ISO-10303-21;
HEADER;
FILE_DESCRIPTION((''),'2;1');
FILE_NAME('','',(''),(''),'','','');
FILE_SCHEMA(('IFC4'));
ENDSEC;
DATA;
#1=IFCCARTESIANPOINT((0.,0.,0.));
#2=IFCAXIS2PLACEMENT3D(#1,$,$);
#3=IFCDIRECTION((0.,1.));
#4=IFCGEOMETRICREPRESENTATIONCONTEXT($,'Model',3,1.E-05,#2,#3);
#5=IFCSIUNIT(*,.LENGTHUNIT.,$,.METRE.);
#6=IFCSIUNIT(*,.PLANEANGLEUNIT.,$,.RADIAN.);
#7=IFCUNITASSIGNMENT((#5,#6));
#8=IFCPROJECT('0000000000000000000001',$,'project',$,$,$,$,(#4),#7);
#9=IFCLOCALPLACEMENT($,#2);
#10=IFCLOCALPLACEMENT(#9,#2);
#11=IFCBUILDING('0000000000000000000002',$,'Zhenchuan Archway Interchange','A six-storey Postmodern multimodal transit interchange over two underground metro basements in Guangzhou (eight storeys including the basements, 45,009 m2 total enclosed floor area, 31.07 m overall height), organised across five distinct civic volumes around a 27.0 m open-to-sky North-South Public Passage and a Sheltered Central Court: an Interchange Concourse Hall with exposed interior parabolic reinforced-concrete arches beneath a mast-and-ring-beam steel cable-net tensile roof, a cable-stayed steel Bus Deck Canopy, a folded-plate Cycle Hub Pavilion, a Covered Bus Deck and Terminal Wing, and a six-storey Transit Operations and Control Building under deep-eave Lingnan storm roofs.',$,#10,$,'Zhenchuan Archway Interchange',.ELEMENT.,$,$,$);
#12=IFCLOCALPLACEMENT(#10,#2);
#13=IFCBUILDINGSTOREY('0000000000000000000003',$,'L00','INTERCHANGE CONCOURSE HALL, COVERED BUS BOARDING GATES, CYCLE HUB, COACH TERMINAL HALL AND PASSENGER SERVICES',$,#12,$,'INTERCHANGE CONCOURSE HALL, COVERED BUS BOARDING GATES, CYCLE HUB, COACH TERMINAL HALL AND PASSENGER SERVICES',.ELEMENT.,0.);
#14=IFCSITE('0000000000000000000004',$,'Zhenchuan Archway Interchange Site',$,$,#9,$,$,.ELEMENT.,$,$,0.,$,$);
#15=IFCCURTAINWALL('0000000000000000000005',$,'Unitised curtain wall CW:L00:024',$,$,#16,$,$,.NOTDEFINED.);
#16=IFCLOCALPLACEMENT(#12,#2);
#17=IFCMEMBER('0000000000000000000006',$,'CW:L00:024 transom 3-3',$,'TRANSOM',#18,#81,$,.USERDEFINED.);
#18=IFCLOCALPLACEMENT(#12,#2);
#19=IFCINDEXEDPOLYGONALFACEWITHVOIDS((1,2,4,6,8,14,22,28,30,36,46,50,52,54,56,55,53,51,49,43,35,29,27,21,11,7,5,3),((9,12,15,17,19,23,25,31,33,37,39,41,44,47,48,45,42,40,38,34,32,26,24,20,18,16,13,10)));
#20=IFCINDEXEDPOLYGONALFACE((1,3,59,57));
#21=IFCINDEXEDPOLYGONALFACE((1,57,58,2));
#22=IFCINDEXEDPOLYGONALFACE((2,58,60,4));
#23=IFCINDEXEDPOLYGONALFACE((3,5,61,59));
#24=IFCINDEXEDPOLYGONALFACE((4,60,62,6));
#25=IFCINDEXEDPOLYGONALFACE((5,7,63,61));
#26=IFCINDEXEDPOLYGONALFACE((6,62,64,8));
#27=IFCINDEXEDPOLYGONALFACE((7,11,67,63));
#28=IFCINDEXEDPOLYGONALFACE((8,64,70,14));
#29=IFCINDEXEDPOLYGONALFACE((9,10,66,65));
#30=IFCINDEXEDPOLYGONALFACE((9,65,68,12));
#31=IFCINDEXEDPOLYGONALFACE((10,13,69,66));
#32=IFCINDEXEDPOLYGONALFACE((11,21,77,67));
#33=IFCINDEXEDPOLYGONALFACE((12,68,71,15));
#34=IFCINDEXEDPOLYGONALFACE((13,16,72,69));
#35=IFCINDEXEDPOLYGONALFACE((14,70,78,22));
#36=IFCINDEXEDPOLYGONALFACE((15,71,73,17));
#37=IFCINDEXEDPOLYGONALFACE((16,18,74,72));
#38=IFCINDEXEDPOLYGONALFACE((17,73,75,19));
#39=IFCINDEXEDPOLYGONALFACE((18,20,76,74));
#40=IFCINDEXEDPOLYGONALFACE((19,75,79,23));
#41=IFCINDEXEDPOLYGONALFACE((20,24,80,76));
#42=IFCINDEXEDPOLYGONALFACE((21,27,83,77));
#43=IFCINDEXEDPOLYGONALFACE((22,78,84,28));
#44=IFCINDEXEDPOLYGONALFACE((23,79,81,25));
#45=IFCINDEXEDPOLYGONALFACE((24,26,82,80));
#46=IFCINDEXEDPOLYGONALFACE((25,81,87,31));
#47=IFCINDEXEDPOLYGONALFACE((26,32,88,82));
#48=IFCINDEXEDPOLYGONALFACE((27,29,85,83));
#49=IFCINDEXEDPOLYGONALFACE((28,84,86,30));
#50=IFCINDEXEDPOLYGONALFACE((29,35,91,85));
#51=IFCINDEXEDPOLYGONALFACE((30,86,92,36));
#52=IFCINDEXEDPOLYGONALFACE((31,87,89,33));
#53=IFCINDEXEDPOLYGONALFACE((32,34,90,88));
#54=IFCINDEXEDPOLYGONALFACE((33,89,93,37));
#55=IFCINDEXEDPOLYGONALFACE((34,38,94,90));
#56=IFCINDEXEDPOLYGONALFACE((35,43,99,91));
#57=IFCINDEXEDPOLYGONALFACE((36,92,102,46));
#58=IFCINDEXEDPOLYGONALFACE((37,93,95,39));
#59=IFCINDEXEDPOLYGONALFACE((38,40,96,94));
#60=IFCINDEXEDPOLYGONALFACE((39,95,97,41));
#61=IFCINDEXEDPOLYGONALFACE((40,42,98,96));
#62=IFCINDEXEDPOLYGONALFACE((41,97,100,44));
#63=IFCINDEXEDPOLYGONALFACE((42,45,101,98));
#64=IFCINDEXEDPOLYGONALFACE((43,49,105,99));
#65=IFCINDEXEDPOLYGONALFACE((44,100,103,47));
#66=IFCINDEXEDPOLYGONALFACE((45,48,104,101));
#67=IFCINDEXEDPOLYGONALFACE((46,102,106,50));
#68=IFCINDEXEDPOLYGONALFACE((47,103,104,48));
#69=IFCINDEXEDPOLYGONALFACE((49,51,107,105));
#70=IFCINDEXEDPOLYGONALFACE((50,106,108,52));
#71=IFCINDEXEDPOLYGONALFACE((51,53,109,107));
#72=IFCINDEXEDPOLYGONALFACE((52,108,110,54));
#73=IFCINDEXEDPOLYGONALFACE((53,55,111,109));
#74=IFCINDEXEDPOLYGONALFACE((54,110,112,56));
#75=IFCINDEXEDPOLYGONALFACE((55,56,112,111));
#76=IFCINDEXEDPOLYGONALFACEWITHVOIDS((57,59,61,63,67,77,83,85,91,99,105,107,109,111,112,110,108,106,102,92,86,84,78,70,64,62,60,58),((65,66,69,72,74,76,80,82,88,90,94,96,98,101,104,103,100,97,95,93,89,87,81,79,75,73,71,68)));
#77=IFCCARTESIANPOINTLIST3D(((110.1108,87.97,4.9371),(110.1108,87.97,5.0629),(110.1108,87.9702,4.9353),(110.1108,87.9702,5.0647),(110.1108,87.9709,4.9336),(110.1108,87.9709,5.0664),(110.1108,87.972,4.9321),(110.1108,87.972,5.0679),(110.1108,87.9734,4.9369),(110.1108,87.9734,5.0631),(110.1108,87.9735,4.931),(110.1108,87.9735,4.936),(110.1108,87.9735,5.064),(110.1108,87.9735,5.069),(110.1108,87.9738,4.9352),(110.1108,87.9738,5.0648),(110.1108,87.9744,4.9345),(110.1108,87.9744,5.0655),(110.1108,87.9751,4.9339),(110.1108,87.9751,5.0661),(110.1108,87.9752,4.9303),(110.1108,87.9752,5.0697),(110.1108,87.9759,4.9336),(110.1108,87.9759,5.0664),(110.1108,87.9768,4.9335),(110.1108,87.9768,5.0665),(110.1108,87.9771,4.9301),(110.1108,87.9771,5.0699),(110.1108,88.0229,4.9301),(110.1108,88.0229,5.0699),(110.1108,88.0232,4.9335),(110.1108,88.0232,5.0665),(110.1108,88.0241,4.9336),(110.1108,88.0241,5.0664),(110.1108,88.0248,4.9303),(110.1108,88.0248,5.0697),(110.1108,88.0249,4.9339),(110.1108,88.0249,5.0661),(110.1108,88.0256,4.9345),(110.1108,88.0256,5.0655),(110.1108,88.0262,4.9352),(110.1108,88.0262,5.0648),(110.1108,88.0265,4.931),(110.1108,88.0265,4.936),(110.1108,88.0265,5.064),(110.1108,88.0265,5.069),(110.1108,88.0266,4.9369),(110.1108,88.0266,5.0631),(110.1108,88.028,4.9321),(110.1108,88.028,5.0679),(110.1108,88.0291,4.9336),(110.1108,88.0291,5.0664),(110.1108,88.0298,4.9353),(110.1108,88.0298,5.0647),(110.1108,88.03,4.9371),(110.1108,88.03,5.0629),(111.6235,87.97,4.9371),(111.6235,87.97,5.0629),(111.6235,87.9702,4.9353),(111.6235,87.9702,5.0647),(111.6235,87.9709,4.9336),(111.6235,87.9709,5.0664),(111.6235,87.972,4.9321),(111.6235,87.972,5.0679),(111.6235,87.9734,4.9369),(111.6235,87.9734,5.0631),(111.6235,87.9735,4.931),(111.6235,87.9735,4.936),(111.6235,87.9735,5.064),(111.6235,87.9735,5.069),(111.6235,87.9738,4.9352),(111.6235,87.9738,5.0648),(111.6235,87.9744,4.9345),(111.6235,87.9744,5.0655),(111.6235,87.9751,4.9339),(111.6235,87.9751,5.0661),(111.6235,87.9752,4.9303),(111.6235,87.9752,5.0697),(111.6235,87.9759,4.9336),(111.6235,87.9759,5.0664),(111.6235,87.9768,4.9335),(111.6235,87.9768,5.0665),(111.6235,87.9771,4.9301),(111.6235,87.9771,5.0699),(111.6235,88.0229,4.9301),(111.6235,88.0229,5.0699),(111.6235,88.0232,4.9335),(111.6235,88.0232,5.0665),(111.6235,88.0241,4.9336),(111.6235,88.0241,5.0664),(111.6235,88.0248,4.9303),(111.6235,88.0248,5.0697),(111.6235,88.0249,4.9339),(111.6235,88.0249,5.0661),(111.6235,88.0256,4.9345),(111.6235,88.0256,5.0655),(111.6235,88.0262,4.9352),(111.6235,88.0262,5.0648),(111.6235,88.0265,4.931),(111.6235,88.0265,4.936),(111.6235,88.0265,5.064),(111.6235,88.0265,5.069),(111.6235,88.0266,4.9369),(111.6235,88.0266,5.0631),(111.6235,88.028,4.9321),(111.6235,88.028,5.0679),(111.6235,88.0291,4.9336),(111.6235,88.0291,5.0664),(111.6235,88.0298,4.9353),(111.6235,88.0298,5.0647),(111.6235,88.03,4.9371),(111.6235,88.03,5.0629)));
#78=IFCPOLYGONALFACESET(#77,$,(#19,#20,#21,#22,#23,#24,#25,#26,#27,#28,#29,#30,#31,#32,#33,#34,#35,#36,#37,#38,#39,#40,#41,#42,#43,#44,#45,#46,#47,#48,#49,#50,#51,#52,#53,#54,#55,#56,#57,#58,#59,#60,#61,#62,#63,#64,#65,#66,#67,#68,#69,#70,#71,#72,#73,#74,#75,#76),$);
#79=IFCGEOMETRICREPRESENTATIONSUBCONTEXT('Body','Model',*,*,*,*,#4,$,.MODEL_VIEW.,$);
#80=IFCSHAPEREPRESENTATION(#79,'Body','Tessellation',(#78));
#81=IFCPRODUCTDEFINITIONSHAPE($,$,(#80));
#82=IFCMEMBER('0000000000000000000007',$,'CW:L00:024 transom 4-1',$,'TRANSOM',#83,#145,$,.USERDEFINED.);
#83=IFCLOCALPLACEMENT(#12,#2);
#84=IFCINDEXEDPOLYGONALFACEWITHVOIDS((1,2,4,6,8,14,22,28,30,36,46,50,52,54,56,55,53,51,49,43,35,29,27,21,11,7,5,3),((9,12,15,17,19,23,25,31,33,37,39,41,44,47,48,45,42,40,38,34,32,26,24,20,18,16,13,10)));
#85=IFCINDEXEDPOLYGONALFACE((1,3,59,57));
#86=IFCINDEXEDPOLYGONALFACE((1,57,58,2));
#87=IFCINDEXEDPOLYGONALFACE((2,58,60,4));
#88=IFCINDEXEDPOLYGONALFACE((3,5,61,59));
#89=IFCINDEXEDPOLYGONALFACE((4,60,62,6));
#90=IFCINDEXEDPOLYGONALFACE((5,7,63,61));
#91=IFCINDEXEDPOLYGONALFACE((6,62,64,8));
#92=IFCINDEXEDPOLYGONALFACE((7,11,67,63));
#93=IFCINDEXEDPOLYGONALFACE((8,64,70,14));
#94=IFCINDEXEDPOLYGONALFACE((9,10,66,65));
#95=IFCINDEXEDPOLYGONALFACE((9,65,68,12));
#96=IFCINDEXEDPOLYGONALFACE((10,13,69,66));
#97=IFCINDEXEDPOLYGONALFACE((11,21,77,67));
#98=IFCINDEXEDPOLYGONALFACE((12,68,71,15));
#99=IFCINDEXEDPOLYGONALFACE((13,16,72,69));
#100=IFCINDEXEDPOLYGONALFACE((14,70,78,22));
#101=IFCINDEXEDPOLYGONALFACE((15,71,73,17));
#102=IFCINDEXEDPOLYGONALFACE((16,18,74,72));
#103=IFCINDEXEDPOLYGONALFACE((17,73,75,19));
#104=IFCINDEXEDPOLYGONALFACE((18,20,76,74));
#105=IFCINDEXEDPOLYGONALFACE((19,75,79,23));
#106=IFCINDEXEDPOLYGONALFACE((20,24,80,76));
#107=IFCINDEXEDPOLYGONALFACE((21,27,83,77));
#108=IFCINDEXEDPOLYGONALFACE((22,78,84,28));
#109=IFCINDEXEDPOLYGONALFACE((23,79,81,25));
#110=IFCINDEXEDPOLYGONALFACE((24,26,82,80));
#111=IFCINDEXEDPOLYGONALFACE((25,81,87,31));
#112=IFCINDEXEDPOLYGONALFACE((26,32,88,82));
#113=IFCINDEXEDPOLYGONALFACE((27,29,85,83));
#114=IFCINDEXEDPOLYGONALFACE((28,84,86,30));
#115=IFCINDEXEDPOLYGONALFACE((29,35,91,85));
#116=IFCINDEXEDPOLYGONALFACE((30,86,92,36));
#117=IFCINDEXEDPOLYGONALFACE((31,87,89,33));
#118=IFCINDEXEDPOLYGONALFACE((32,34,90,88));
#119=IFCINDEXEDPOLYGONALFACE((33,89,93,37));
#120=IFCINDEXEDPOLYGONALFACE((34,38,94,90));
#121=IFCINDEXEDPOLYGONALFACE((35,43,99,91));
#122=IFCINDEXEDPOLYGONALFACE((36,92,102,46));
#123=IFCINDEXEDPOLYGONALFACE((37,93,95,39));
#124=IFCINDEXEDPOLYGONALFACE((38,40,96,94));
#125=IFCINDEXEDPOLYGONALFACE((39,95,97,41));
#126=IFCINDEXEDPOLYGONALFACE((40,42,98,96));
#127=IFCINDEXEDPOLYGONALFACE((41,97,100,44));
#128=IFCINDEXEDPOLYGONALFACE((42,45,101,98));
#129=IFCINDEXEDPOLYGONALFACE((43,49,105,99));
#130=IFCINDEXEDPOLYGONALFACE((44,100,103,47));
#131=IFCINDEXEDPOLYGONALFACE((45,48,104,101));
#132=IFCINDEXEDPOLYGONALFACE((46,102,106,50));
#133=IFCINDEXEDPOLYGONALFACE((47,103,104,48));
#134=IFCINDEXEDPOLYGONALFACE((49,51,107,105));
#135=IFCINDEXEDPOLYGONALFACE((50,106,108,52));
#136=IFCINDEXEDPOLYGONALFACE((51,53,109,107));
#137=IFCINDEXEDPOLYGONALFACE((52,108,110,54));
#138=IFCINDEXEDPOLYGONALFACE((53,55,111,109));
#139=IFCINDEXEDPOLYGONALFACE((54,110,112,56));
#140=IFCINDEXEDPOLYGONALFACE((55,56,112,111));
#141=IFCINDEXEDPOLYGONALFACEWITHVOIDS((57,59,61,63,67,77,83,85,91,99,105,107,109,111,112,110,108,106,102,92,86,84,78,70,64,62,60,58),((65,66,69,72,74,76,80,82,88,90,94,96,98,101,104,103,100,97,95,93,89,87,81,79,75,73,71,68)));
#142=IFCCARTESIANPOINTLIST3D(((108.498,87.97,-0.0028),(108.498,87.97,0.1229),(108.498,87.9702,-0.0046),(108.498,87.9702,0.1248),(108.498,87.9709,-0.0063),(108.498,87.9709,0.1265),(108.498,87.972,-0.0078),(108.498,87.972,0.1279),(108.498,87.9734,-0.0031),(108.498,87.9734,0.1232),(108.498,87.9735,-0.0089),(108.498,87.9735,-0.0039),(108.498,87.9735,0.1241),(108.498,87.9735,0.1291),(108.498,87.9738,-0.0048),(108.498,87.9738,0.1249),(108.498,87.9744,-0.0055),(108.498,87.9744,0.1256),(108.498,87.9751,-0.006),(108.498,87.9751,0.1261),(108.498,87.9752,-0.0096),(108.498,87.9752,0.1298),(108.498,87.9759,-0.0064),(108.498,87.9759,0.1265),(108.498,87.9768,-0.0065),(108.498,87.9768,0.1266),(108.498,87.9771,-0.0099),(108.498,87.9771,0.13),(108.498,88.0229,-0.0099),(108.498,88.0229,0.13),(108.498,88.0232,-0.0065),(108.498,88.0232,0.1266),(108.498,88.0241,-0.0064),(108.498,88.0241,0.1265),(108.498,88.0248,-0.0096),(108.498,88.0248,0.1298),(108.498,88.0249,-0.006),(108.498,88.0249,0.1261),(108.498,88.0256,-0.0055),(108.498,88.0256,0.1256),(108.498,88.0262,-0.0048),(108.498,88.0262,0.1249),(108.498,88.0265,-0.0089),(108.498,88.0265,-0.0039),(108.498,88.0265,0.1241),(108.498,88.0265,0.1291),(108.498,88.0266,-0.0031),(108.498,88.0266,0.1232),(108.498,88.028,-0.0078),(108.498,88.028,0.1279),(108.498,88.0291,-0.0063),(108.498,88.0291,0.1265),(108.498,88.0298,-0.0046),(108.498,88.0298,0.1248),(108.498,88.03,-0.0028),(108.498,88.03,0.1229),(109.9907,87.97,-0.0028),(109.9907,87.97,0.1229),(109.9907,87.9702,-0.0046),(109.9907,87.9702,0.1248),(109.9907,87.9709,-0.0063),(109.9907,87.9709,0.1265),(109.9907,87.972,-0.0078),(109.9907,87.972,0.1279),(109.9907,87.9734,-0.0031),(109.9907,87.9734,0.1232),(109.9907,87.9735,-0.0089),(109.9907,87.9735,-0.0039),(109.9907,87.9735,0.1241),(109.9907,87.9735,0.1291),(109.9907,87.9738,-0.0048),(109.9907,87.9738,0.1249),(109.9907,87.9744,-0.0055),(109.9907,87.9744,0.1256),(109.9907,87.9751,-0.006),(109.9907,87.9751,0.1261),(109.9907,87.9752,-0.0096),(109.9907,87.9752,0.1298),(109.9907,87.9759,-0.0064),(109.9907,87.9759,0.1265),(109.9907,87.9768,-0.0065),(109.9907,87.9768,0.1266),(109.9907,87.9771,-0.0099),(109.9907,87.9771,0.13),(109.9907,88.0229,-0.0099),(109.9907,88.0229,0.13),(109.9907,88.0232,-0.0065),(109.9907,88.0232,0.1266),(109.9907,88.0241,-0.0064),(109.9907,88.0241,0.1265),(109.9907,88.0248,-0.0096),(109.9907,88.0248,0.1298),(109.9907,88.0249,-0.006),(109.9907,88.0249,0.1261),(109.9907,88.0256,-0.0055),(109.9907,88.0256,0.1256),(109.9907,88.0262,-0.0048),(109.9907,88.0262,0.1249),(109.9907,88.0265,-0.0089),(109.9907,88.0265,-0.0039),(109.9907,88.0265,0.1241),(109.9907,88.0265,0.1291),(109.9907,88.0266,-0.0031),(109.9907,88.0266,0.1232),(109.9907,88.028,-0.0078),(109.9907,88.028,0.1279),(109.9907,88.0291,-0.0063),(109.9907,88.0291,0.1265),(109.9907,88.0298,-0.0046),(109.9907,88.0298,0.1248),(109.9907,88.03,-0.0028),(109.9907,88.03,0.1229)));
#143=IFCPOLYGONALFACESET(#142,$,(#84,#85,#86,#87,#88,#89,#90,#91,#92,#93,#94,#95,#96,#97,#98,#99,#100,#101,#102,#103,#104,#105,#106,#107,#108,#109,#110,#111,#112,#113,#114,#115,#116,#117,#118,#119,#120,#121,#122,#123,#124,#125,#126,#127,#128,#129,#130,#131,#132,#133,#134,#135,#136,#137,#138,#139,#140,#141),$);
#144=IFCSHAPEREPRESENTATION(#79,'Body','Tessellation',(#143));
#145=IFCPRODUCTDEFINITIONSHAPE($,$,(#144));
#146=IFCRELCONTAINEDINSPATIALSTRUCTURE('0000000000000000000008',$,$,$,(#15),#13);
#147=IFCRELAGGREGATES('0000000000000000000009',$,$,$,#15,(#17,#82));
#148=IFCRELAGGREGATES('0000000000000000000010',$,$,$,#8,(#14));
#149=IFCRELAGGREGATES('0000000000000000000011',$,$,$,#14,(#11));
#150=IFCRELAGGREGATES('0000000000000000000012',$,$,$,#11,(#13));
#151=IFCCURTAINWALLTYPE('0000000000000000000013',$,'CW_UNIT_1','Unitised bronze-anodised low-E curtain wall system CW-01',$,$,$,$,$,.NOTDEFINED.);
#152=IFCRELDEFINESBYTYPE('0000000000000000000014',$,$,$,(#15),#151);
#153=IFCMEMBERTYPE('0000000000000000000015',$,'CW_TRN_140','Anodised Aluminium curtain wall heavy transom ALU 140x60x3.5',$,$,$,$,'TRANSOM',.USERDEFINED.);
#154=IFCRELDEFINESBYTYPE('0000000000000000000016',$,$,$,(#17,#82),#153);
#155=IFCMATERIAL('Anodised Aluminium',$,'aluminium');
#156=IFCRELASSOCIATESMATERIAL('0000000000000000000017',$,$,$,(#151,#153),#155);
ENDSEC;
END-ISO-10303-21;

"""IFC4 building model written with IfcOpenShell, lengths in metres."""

from ifc_helpers import new_model, si_unit, direction, frame, origin, origin_2d, place, context, subcontext, project, spatial, hollow_rectangle, extrude, material, material_profile, profile_set, type_object, element, aggregate, save


model = new_model("IFC4")

# Units and contexts
model_context = context("Model", 3, precision=1e-05, world=origin(), true_north=direction((0.0, 1.0)))
body_context = subcontext(model_context, "Body", "Model", "MODEL_VIEW")
ifc_project = project(units=[si_unit("LENGTHUNIT", "METRE"), si_unit("PLANEANGLEUNIT", "RADIAN")], contexts=[model_context])

# Site, building, storey
site_placement = place(None, origin())
site = spatial("IfcSite", under=ifc_project, at=site_placement, Name="Zhenchuan Archway Interchange Site", CompositionType="ELEMENT", RefElevation=0.0)
building_placement = place(site_placement, origin())
building = spatial("IfcBuilding", under=site, at=building_placement, Name="Zhenchuan Archway Interchange", Description="A six-storey Postmodern multimodal transit interchange over two underground metro basements in Guangzhou (eight storeys including the basements, 45,009 m2 total enclosed floor area, 31.07 m overall height), organised across five distinct civic volumes around a 27.0 m open-to-sky North-South Public Passage and a Sheltered Central Court: an Interchange Concourse Hall with exposed interior parabolic reinforced-concrete arches beneath a mast-and-ring-beam steel cable-net tensile roof, a cable-stayed steel Bus Deck Canopy, a folded-plate Cycle Hub Pavilion, a Covered Bus Deck and Terminal Wing, and a six-storey Transit Operations and Control Building under deep-eave Lingnan storm roofs.", LongName="Zhenchuan Archway Interchange", CompositionType="ELEMENT")
storey_placement = place(building_placement, origin())
storey = spatial("IfcBuildingStorey", under=building, at=storey_placement, Name="L00", Description="INTERCHANGE CONCOURSE HALL, COVERED BUS BOARDING GATES, CYCLE HUB, COACH TERMINAL HALL AND PASSENGER SERVICES", LongName="INTERCHANGE CONCOURSE HALL, COVERED BUS BOARDING GATES, CYCLE HUB, COACH TERMINAL HALL AND PASSENGER SERVICES", CompositionType="ELEMENT", Elevation=0.0)

# Curtain wall, members
ifc_material_1 = material(Name="Anodised Aluminium", Category="aluminium")
curtain_wall_type = type_object("IfcCurtainWallType", Name="CW_UNIT_1", Description="Unitised bronze-anodised low-E curtain wall system CW-01", PredefinedType="NOTDEFINED", material=ifc_material_1)
curtain_wall_placement = place(storey_placement, origin())
curtain_wall = element("IfcCurtainWall", 1, at=curtain_wall_placement, inside=storey, type_object=curtain_wall_type, Name="Unitised curtain wall CW:L00:024", PredefinedType="NOTDEFINED")
ifc_material_profile_1 = material_profile(ifc_material_1, hollow_rectangle(XDim=0.0601, YDim=0.1399, WallThickness=0.0034, InnerFilletRadius=0.0034, OuterFilletRadius=0.0071, at=origin_2d()), Name="ALU 140x60x3.5")
ifc_profile_set_1 = profile_set([ifc_material_profile_1], Name="Anodised Aluminium")
member_type_1 = type_object("IfcMemberType", Name="CW_TRN_140", Description="Anodised Aluminium curtain wall heavy transom ALU 140x60x3.5", ElementType="TRANSOM", PredefinedType="USERDEFINED", material=ifc_profile_set_1)
member_1_placement = place(storey_placement, frame((111.6235, 88.0, 5.0), z_axis=(-1.0, 0.0, 0.0), x_axis=(0.0, -1.0, 0.0)))
member_1 = element("IfcMember", 2, at=member_1_placement, type_object=member_type_1, Name="CW:L00:024 transom 3-3", ObjectType="TRANSOM", PredefinedType="USERDEFINED", context=body_context, shape_type="SweptSolid", body=[
    extrude(hollow_rectangle(XDim=0.0601, YDim=0.1399, WallThickness=0.0034, InnerFilletRadius=0.0034, OuterFilletRadius=0.0071, at=origin_2d()), origin(), (0.0, 0.0, 1.0), 1.5127),
])
member_2_placement = place(storey_placement, frame((109.9907, 88.0, 0.0601), z_axis=(-1.0, 0.0, 0.0), x_axis=(0.0, -1.0, 0.0)))
member_2 = element("IfcMember", 3, at=member_2_placement, type_object=member_type_1, Name="CW:L00:024 transom 4-1", ObjectType="TRANSOM", PredefinedType="USERDEFINED", context=body_context, shape_type="SweptSolid", body=[
    extrude(hollow_rectangle(XDim=0.0601, YDim=0.1399, WallThickness=0.0034, InnerFilletRadius=0.0034, OuterFilletRadius=0.0071, at=origin_2d()), origin(), (0.0, 0.0, 1.0), 1.4927),
])
aggregate(curtain_wall, [member_1, member_2])

save(model, "model.ifc")
